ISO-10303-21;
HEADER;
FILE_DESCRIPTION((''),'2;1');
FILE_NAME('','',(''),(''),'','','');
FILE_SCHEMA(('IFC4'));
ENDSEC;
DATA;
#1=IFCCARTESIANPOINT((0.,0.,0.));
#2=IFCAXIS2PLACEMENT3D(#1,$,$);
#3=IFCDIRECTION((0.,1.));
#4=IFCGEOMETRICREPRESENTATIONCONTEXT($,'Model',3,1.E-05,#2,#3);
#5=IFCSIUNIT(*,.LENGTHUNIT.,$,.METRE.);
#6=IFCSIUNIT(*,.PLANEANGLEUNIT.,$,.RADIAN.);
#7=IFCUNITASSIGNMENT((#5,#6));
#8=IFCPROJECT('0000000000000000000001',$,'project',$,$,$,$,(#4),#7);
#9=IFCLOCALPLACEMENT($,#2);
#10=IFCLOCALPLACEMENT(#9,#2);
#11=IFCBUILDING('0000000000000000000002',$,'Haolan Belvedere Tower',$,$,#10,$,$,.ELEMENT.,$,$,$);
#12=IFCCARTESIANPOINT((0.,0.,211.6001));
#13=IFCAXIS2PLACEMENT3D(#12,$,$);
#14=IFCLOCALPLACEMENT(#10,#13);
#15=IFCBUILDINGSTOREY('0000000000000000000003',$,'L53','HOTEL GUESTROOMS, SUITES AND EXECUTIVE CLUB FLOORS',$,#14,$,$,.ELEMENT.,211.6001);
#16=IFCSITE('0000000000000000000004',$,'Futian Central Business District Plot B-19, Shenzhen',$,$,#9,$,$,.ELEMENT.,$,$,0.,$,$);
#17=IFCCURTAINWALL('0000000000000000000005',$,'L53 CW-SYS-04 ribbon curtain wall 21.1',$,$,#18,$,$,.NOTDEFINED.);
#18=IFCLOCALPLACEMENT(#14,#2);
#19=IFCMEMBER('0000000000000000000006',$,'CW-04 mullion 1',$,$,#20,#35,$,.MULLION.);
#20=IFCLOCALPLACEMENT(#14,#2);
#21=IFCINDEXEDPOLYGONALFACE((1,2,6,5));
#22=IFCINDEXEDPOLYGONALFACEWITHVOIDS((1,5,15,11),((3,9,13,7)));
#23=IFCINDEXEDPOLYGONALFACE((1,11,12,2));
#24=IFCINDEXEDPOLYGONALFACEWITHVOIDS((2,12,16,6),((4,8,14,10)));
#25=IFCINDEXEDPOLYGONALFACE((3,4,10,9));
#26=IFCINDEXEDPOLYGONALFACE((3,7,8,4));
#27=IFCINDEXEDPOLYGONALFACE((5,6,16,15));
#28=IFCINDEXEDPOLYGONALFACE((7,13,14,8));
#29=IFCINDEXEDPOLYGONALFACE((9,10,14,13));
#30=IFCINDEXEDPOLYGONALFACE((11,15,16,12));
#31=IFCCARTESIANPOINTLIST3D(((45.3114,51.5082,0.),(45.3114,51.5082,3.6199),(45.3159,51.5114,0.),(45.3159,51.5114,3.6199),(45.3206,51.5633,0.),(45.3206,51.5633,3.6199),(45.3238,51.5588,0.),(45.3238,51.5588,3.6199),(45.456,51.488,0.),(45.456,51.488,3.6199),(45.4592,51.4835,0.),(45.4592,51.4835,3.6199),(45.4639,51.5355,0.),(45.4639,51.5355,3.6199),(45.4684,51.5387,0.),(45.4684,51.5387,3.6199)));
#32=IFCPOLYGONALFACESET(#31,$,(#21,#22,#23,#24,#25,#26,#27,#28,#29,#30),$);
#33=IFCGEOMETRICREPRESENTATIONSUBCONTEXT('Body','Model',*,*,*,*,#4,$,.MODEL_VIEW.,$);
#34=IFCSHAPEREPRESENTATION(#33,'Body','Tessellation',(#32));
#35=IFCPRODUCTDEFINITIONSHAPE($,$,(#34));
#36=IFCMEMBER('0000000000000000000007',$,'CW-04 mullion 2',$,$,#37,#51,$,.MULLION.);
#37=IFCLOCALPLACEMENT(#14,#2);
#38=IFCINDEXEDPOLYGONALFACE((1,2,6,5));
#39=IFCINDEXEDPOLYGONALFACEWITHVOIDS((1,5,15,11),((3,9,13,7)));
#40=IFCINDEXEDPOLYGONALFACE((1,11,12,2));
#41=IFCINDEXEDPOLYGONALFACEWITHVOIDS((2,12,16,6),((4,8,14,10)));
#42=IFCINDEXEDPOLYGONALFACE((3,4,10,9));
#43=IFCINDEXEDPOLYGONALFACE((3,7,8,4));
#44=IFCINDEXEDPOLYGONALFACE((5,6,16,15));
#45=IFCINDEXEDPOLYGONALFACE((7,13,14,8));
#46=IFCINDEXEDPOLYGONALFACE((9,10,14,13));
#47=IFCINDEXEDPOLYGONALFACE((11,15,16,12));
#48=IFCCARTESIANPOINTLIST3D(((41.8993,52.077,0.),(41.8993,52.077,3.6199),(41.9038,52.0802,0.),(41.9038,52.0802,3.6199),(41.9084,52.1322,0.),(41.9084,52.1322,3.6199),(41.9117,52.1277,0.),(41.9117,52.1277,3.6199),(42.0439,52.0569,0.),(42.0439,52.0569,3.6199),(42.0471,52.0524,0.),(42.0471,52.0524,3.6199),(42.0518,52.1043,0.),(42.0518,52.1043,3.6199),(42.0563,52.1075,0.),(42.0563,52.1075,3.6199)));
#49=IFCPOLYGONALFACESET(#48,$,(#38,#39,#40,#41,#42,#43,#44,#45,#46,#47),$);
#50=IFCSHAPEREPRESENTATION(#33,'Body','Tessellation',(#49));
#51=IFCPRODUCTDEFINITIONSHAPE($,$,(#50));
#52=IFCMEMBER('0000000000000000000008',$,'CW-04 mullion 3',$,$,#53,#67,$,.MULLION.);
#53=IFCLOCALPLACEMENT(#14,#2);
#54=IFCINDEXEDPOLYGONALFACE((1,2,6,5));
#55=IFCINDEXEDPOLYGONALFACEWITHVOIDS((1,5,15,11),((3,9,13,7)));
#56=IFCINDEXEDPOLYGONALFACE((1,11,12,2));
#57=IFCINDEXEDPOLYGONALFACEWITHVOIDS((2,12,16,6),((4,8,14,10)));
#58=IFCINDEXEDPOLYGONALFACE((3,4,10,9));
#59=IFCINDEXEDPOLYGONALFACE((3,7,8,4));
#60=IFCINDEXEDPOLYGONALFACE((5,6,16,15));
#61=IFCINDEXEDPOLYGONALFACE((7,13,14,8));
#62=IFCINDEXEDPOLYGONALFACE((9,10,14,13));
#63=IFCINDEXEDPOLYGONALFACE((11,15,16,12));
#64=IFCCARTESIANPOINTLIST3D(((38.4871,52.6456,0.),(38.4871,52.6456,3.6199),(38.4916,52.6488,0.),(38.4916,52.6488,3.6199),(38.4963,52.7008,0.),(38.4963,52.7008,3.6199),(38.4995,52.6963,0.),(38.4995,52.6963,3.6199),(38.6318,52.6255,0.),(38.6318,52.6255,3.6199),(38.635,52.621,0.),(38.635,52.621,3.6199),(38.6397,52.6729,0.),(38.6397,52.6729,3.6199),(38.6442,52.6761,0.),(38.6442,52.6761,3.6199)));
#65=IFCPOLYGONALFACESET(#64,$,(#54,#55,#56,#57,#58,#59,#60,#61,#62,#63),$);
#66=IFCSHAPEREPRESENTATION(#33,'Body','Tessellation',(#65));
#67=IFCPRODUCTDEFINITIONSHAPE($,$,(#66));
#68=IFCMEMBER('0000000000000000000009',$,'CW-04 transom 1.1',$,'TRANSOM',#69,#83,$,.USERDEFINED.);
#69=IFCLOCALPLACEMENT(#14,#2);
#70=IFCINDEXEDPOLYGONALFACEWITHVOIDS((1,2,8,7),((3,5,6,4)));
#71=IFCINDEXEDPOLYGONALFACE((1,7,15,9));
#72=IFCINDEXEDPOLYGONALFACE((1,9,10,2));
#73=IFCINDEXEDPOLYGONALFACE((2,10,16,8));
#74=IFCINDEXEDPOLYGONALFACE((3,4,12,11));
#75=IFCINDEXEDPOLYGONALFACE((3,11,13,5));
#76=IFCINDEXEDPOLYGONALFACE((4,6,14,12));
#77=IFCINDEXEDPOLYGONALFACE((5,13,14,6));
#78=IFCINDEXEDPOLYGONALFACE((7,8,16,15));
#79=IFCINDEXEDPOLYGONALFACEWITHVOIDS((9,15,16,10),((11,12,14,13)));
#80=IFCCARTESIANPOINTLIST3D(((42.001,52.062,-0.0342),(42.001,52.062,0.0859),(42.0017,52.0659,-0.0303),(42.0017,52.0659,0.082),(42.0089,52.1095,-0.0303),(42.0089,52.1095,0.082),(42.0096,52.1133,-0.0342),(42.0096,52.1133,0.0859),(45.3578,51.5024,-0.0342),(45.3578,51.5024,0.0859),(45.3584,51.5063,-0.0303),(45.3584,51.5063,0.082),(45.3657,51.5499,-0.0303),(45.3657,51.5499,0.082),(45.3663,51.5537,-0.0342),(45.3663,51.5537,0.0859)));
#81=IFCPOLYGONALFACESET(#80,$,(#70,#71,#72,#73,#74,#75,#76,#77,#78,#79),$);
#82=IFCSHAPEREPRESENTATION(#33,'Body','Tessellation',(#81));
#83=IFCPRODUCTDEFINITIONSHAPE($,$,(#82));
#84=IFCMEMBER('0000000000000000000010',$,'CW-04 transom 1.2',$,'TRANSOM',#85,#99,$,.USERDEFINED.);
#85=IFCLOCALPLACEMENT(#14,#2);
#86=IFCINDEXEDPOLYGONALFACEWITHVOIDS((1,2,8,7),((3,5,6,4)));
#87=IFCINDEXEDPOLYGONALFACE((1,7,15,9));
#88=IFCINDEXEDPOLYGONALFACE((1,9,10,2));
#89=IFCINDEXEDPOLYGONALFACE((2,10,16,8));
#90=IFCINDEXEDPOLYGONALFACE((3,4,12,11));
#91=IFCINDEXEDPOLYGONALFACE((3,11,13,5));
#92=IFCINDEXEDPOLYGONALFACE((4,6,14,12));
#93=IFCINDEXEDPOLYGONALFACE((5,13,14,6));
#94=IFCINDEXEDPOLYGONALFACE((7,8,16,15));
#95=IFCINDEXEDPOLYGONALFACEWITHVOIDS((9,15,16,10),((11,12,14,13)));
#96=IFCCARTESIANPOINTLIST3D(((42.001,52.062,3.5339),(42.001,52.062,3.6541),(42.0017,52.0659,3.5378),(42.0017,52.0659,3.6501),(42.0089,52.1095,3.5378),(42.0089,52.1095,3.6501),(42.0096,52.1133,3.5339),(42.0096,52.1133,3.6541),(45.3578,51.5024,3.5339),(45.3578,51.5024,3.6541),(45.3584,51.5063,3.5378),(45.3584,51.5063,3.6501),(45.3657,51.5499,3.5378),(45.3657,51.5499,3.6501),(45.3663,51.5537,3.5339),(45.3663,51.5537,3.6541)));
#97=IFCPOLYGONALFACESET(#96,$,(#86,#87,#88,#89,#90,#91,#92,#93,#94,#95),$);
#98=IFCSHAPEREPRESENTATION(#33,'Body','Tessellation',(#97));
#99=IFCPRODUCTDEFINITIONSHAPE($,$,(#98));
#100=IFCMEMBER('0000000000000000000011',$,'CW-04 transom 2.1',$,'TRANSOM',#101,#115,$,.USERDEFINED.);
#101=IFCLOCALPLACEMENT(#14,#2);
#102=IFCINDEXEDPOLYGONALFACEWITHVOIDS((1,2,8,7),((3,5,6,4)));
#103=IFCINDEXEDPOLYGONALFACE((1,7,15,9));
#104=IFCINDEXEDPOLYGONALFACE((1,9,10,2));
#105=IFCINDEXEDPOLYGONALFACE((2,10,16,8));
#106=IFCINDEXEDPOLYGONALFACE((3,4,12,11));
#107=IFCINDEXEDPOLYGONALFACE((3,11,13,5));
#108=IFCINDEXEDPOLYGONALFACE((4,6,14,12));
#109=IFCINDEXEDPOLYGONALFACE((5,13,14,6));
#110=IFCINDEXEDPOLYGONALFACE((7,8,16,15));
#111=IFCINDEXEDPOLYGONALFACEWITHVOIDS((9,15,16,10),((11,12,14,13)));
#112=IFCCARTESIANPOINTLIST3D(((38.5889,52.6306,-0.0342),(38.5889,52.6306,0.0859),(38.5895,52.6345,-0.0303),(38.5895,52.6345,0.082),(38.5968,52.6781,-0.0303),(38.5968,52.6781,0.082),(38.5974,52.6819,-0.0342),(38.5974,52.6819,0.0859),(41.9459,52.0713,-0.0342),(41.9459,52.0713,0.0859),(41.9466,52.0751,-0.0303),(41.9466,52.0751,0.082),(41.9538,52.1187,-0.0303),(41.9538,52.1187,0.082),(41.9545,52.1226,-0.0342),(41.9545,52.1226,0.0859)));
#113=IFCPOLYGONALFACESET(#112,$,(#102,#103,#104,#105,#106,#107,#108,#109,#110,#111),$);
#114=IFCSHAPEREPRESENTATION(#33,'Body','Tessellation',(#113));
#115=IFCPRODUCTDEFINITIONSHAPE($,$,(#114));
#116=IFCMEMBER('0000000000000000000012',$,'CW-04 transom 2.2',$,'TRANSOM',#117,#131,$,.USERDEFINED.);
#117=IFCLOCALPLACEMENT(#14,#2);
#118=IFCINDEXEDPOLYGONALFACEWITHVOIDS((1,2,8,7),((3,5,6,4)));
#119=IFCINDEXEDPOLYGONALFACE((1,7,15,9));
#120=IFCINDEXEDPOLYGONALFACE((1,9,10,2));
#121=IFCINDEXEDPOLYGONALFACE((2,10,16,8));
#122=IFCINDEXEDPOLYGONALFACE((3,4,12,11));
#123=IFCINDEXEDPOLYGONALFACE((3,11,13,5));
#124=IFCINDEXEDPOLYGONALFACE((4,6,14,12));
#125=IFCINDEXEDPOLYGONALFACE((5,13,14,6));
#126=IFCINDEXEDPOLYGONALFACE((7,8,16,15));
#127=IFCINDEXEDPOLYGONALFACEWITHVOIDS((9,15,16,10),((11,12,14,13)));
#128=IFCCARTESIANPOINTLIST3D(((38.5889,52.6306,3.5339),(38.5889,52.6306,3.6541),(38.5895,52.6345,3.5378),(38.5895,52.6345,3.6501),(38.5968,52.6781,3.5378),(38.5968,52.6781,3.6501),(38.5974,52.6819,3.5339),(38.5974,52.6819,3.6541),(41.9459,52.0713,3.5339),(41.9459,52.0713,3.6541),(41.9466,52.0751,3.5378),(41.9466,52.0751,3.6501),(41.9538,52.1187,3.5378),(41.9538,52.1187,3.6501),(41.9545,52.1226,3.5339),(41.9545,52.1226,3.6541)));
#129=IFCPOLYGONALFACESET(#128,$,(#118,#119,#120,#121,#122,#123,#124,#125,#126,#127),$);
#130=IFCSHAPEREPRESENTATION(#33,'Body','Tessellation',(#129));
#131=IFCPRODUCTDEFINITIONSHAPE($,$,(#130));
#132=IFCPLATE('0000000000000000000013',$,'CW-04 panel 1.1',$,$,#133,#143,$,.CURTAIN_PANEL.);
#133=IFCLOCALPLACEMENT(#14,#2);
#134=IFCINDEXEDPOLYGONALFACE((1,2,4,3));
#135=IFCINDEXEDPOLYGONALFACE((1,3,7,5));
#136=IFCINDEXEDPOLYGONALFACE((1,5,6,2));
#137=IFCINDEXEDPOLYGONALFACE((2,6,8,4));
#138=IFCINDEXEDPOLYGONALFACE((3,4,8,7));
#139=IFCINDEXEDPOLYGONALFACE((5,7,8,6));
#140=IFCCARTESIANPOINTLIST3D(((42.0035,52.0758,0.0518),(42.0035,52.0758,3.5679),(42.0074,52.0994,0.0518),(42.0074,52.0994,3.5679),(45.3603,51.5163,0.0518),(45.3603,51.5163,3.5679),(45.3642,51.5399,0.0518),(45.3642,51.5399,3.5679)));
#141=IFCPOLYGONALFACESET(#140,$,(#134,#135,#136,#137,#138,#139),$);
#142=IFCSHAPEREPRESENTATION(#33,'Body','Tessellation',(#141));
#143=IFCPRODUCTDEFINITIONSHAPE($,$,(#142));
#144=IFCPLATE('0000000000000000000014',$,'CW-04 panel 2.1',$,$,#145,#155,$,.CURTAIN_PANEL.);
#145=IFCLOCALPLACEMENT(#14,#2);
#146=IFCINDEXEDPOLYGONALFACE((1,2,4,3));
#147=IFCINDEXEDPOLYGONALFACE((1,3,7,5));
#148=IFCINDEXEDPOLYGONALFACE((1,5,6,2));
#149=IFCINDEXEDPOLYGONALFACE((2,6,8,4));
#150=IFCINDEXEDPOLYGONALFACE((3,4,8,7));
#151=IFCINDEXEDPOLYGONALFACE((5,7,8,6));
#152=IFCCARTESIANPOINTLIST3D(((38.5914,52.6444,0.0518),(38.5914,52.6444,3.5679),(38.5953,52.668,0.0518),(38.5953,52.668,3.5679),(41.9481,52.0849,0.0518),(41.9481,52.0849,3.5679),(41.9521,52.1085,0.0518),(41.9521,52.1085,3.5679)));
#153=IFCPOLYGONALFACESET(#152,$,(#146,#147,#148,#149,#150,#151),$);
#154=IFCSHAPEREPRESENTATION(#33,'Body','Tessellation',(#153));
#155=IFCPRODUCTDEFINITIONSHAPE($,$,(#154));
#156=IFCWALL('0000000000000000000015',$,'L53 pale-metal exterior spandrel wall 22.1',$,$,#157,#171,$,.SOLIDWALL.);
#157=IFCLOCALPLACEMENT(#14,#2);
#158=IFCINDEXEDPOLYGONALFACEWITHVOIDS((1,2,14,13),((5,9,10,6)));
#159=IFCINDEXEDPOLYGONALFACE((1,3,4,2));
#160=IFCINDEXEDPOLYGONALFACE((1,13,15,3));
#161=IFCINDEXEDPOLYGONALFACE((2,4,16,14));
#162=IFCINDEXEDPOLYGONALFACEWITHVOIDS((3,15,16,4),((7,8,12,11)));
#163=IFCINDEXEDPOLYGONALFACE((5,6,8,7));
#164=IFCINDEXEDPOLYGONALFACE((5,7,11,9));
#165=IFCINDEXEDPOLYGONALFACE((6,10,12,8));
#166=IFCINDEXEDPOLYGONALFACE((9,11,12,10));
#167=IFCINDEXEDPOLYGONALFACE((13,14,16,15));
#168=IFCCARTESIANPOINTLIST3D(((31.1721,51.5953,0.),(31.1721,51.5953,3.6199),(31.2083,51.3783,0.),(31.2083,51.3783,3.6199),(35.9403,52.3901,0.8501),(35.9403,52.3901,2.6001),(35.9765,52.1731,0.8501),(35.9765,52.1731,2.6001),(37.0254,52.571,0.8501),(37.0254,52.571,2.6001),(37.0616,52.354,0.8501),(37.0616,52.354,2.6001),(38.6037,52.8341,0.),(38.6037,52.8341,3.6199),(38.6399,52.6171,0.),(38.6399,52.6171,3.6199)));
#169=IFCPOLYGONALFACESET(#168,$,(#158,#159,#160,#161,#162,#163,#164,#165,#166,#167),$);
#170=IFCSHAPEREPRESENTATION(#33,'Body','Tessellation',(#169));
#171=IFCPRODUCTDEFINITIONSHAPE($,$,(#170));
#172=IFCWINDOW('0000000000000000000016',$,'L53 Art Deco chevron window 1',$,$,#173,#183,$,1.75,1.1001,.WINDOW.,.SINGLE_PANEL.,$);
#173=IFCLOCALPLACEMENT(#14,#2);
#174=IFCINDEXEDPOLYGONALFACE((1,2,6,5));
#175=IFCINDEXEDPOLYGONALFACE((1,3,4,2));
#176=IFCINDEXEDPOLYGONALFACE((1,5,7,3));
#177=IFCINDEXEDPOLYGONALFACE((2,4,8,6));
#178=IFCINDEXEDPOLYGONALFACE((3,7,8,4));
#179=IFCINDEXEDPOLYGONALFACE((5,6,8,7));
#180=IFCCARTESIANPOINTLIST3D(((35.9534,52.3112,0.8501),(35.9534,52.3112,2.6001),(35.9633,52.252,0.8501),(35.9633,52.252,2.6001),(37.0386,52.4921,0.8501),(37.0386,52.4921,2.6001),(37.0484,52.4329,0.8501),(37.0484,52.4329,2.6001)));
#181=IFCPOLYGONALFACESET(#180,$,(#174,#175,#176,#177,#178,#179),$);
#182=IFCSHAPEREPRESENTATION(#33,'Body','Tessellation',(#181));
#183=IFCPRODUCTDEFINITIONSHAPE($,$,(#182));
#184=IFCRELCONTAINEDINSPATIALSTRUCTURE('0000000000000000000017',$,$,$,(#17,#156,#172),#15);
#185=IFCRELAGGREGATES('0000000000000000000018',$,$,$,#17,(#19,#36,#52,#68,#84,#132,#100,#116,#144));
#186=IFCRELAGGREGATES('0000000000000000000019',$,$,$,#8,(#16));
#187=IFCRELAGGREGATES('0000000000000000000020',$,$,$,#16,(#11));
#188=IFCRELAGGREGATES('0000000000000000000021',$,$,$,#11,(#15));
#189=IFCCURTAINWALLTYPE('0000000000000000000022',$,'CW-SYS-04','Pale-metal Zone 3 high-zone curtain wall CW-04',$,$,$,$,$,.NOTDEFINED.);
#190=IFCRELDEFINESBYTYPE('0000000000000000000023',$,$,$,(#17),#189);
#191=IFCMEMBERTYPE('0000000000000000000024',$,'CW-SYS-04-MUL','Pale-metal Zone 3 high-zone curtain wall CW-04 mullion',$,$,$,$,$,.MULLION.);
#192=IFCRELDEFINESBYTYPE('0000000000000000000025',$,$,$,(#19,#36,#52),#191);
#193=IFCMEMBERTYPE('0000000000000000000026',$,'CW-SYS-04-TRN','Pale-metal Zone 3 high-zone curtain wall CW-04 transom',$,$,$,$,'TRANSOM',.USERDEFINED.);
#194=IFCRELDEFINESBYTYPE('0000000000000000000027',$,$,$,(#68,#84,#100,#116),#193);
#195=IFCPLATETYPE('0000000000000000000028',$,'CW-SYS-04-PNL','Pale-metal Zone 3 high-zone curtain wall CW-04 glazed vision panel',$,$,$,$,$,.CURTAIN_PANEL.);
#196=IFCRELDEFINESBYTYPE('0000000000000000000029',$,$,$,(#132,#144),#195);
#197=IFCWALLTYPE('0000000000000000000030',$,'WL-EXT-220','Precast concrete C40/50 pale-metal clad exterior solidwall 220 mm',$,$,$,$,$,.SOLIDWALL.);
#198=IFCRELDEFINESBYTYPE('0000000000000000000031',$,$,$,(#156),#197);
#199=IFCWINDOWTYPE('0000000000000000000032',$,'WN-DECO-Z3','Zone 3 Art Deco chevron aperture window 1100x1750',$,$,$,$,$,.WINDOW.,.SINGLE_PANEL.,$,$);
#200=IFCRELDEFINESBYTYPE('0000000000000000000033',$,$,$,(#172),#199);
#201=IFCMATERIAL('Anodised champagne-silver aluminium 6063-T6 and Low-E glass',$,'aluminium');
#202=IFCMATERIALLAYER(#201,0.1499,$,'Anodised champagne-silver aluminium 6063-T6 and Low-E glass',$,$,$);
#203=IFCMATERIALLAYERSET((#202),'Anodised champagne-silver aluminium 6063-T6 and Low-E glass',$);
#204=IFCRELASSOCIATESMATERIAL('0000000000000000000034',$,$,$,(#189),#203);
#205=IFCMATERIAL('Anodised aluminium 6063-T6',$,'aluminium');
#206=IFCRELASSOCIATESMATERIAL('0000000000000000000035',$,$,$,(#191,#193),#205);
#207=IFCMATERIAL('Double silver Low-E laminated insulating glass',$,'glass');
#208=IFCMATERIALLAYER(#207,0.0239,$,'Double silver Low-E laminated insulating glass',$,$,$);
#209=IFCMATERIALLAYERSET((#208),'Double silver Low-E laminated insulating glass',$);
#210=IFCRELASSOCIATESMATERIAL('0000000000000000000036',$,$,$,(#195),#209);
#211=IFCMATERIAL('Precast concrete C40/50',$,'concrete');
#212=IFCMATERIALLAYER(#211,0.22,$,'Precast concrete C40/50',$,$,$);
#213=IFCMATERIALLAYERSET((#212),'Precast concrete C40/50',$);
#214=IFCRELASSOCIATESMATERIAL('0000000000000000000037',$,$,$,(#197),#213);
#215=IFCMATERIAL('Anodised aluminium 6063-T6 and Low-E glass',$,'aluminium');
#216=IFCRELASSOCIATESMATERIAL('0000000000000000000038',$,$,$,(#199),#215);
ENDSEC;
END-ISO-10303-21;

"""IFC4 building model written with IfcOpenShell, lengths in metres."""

from ifc_helpers import new_model, si_unit, direction, frame, frame_2d, origin, origin_2d, place, context, subcontext, project, spatial, rectangle, hollow_rectangle, extrude, material, layer, layer_set, material_profile, profile_set, type_object, element, fill, aggregate, save


model = new_model("IFC4")

# Units and contexts
model_context = context("Model", 3, precision=1e-05, world=origin(), true_north=direction((0.0, 1.0)))
body_context = subcontext(model_context, "Body", "Model", "MODEL_VIEW")
ifc_project = project(units=[si_unit("LENGTHUNIT", "METRE"), si_unit("PLANEANGLEUNIT", "RADIAN")], contexts=[model_context])

# Site, building, storey
site_placement = place(None, origin())
site = spatial("IfcSite", under=ifc_project, at=site_placement, Name="Futian Central Business District Plot B-19, Shenzhen", CompositionType="ELEMENT", RefElevation=0.0)
building_placement = place(site_placement, origin())
building = spatial("IfcBuilding", under=site, at=building_placement, Name="Haolan Belvedere Tower", CompositionType="ELEMENT")
storey_placement = place(building_placement, frame((0.0, 0.0, 211.6001)))
storey = spatial("IfcBuildingStorey", under=building, at=storey_placement, Name="L53", Description="HOTEL GUESTROOMS, SUITES AND EXECUTIVE CLUB FLOORS", CompositionType="ELEMENT", Elevation=211.6001)

# Shared definitions
ifc_material_1 = material(Name="Anodised champagne-silver aluminium 6063-T6 and Low-E glass", Category="aluminium")
ifc_layer_1 = layer(ifc_material_1, 0.1499, Name="Anodised champagne-silver aluminium 6063-T6 and Low-E glass")
ifc_layer_set_1 = layer_set([ifc_layer_1], Name="Anodised champagne-silver aluminium 6063-T6 and Low-E glass")
curtain_wall_type = type_object("IfcCurtainWallType", Name="CW-SYS-04", Description="Pale-metal Zone 3 high-zone curtain wall CW-04", PredefinedType="NOTDEFINED", material=ifc_layer_set_1)
ifc_material_2 = material(Name="Anodised aluminium 6063-T6", Category="aluminium")
ifc_material_profile_1 = material_profile(ifc_material_2, hollow_rectangle(XDim=0.0559, YDim=0.1499, WallThickness=0.0039, at=origin_2d()), Name="Anodised aluminium 6063-T6")
ifc_profile_set_1 = profile_set([ifc_material_profile_1], Name="Anodised aluminium 6063-T6")
member_type_1 = type_object("IfcMemberType", Name="CW-SYS-04-MUL", Description="Pale-metal Zone 3 high-zone curtain wall CW-04 mullion", PredefinedType="MULLION", material=ifc_profile_set_1)

# Curtain wall, members, plates
curtain_wall_1_placement = place(storey_placement, origin())
curtain_wall_1 = element("IfcCurtainWall", 1, at=curtain_wall_1_placement, inside=storey, type_object=curtain_wall_type, Name="L53 CW-SYS-04 ribbon curtain wall 21.1", PredefinedType="NOTDEFINED")
member_1_placement = place(storey_placement, frame((45.3899, 51.5234, 0.0), z_axis=(0.0, 0.0, 1.0), x_axis=(-0.164406, -0.986393, 0.0)))
member_1 = element("IfcMember", 2, at=member_1_placement, type_object=member_type_1, Name="CW-04 mullion 1", PredefinedType="MULLION", context=body_context, shape_type="SweptSolid", body=[
    extrude(hollow_rectangle(XDim=0.0559, YDim=0.1499, WallThickness=0.0039, at=origin_2d()), origin(), (0.0, 0.0, 1.0), 3.6199),
])
member_2_placement = place(storey_placement, frame((41.9778, 52.0923, 0.0), z_axis=(0.0, 0.0, 1.0), x_axis=(-0.164406, -0.986393, 0.0)))
member_2 = element("IfcMember", 3, at=member_2_placement, type_object=member_type_1, Name="CW-04 mullion 2", PredefinedType="MULLION", context=body_context, shape_type="SweptSolid", body=[
    extrude(hollow_rectangle(XDim=0.0559, YDim=0.1499, WallThickness=0.0039, at=origin_2d()), origin(), (0.0, 0.0, 1.0), 3.6199),
])
member_3_placement = place(storey_placement, frame((38.5657, 52.6609, 0.0), z_axis=(0.0, 0.0, 1.0), x_axis=(-0.164406, -0.986393, 0.0)))
member_3 = element("IfcMember", 4, at=member_3_placement, type_object=member_type_1, Name="CW-04 mullion 3", PredefinedType="MULLION", context=body_context, shape_type="SweptSolid", body=[
    extrude(hollow_rectangle(XDim=0.0559, YDim=0.1499, WallThickness=0.0039, at=origin_2d()), origin(), (0.0, 0.0, 1.0), 3.6199),
])
ifc_material_profile_2 = material_profile(ifc_material_2, hollow_rectangle(XDim=0.052, YDim=0.1201, WallThickness=0.0039, at=origin_2d()), Name="Anodised aluminium 6063-T6")
ifc_profile_set_2 = profile_set([ifc_material_profile_2], Name="Anodised aluminium 6063-T6")
member_type_2 = type_object("IfcMemberType", Name="CW-SYS-04-TRN", Description="Pale-metal Zone 3 high-zone curtain wall CW-04 transom", ElementType="TRANSOM", PredefinedType="USERDEFINED", material=ifc_profile_set_2)
member_4_placement = place(storey_placement, frame((45.3621, 51.5281, 0.0259), z_axis=(-0.986388, 0.164434, 0.0), x_axis=(-0.164434, -0.986388, 0.0)))
member_4 = element("IfcMember", 5, at=member_4_placement, type_object=member_type_2, Name="CW-04 transom 1.1", ObjectType="TRANSOM", PredefinedType="USERDEFINED", context=body_context, shape_type="SweptSolid", body=[
    extrude(hollow_rectangle(XDim=0.052, YDim=0.1201, WallThickness=0.0039, at=origin_2d()), origin(), (0.0, 0.0, 1.0), 3.4031),
])
member_5_placement = place(storey_placement, frame((45.3621, 51.5281, 3.594), z_axis=(-0.986388, 0.164434, 0.0), x_axis=(-0.164434, -0.986388, 0.0)))
member_5 = element("IfcMember", 6, at=member_5_placement, type_object=member_type_2, Name="CW-04 transom 1.2", ObjectType="TRANSOM", PredefinedType="USERDEFINED", context=body_context, shape_type="SweptSolid", body=[
    extrude(hollow_rectangle(XDim=0.052, YDim=0.1201, WallThickness=0.0039, at=origin_2d()), origin(), (0.0, 0.0, 1.0), 3.4031),
])
member_6_placement = place(storey_placement, frame((41.9502, 52.0969, 0.0259), z_axis=(-0.986402, 0.164352, 0.0), x_axis=(-0.164352, -0.986402, 0.0)))
member_6 = element("IfcMember", 7, at=member_6_placement, type_object=member_type_2, Name="CW-04 transom 2.1", ObjectType="TRANSOM", PredefinedType="USERDEFINED", context=body_context, shape_type="SweptSolid", body=[
    extrude(hollow_rectangle(XDim=0.052, YDim=0.1201, WallThickness=0.0039, at=origin_2d()), origin(), (0.0, 0.0, 1.0), 3.4033),
])
member_7_placement = place(storey_placement, frame((41.9502, 52.0969, 3.594), z_axis=(-0.986402, 0.164352, 0.0), x_axis=(-0.164352, -0.986402, 0.0)))
member_7 = element("IfcMember", 8, at=member_7_placement, type_object=member_type_2, Name="CW-04 transom 2.2", ObjectType="TRANSOM", PredefinedType="USERDEFINED", context=body_context, shape_type="SweptSolid", body=[
    extrude(hollow_rectangle(XDim=0.052, YDim=0.1201, WallThickness=0.0039, at=origin_2d()), origin(), (0.0, 0.0, 1.0), 3.4033),
])
ifc_material_3 = material(Name="Double silver Low-E laminated insulating glass", Category="glass")
ifc_layer_2 = layer(ifc_material_3, 0.0239, Name="Double silver Low-E laminated insulating glass")
ifc_layer_set_2 = layer_set([ifc_layer_2], Name="Double silver Low-E laminated insulating glass")
plate_type = type_object("IfcPlateType", Name="CW-SYS-04-PNL", Description="Pale-metal Zone 3 high-zone curtain wall CW-04 glazed vision panel", PredefinedType="CURTAIN_PANEL", material=ifc_layer_set_2)
plate_1_placement = place(storey_placement, frame((43.6838, 51.8079, 0.0518), z_axis=(0.0, 0.0, 1.0), x_axis=(-0.986393, 0.164406, 0.0)))
plate_1 = element("IfcPlate", 9, at=plate_1_placement, type_object=plate_type, Name="CW-04 panel 1.1", PredefinedType="CURTAIN_PANEL", context=body_context, shape_type="SweptSolid", body=[
    extrude(rectangle(XDim=3.4031, YDim=0.0239, at=origin_2d()), origin(), (0.0, 0.0, 1.0), 3.5161),
])
plate_2_placement = place(storey_placement, frame((40.2717, 52.3765, 0.0518), z_axis=(0.0, 0.0, 1.0), x_axis=(-0.986393, 0.164406, 0.0)))
plate_2 = element("IfcPlate", 10, at=plate_2_placement, type_object=plate_type, Name="CW-04 panel 2.1", PredefinedType="CURTAIN_PANEL", context=body_context, shape_type="SweptSolid", body=[
    extrude(rectangle(XDim=3.4031, YDim=0.0239, at=origin_2d()), origin(), (0.0, 0.0, 1.0), 3.5161),
])
aggregate(curtain_wall_1, [member_1, member_2, member_3, member_4, member_5, plate_1, member_6, member_7, plate_2])

# Wall, opening, window
ifc_material_4 = material(Name="Precast concrete C40/50", Category="concrete")
ifc_layer_3 = layer(ifc_material_4, 0.22, Name="Precast concrete C40/50")
ifc_layer_set_3 = layer_set([ifc_layer_3], Name="Precast concrete C40/50")
wall_type_1 = type_object("IfcWallType", Name="WL-EXT-220", Description="Precast concrete C40/50 pale-metal clad exterior solidwall 220 mm", PredefinedType="SOLIDWALL", material=ifc_layer_set_3)
wall_1_placement = place(storey_placement, frame((38.6218, 52.7256, 0.0), z_axis=(0.0, 0.0, 1.0), x_axis=(-0.98639, -0.16442, 0.0)))
wall_1 = element("IfcWall", 11, at=wall_1_placement, inside=storey, type_object=wall_type_1, Name="L53 pale-metal exterior spandrel wall 22.1", PredefinedType="SOLIDWALL", context=body_context, shape_type="SweptSolid", body=[
    extrude(rectangle(XDim=7.5342, YDim=0.22, at=frame_2d((3.7671, 0.0))), origin(), (0.0, 0.0, 1.0), 3.6199),
])
opening_1_placement = place(wall_1_placement, frame((1.6001, 0.0, 0.8501)))
opening_1 = element("IfcOpeningElement", 12, at=opening_1_placement, cuts=wall_1, PredefinedType="OPENING", context=body_context, shape_type="SweptSolid", body=[
    extrude(rectangle(XDim=1.1001, YDim=1.75, at=frame_2d((0.55, 0.875))), frame((0.0, 0.1199, 0.0), z_axis=(0.0, -1.0, 0.0), x_axis=(1.0, 0.0, 0.0)), (0.0, 0.0, 1.0), 0.24),
])
ifc_material_5 = material(Name="Anodised aluminium 6063-T6 and Low-E glass", Category="aluminium")
window_type = type_object("IfcWindowType", Name="WN-DECO-Z3", Description="Zone 3 Art Deco chevron aperture window 1100x1750", PartitioningType="SINGLE_PANEL", PredefinedType="WINDOW", material=ifc_material_5)
window_placement = place(opening_1_placement, origin())
window = element("IfcWindow", 13, at=window_placement, inside=storey, type_object=window_type, Name="L53 Art Deco chevron window 1", OverallHeight=1.75, OverallWidth=1.1001, PartitioningType="SINGLE_PANEL", PredefinedType="WINDOW", context=body_context, shape_type="SweptSolid", body=[
    extrude(rectangle(XDim=1.1001, YDim=1.75, at=frame_2d((0.55, 0.875))), frame((0.0, 0.03, 0.0), z_axis=(0.0, -1.0, 0.0), x_axis=(1.0, 0.0, 0.0)), (0.0, 0.0, 1.0), 0.0601),
])
fill(opening_1, window)

save(model, "model.ifc")
